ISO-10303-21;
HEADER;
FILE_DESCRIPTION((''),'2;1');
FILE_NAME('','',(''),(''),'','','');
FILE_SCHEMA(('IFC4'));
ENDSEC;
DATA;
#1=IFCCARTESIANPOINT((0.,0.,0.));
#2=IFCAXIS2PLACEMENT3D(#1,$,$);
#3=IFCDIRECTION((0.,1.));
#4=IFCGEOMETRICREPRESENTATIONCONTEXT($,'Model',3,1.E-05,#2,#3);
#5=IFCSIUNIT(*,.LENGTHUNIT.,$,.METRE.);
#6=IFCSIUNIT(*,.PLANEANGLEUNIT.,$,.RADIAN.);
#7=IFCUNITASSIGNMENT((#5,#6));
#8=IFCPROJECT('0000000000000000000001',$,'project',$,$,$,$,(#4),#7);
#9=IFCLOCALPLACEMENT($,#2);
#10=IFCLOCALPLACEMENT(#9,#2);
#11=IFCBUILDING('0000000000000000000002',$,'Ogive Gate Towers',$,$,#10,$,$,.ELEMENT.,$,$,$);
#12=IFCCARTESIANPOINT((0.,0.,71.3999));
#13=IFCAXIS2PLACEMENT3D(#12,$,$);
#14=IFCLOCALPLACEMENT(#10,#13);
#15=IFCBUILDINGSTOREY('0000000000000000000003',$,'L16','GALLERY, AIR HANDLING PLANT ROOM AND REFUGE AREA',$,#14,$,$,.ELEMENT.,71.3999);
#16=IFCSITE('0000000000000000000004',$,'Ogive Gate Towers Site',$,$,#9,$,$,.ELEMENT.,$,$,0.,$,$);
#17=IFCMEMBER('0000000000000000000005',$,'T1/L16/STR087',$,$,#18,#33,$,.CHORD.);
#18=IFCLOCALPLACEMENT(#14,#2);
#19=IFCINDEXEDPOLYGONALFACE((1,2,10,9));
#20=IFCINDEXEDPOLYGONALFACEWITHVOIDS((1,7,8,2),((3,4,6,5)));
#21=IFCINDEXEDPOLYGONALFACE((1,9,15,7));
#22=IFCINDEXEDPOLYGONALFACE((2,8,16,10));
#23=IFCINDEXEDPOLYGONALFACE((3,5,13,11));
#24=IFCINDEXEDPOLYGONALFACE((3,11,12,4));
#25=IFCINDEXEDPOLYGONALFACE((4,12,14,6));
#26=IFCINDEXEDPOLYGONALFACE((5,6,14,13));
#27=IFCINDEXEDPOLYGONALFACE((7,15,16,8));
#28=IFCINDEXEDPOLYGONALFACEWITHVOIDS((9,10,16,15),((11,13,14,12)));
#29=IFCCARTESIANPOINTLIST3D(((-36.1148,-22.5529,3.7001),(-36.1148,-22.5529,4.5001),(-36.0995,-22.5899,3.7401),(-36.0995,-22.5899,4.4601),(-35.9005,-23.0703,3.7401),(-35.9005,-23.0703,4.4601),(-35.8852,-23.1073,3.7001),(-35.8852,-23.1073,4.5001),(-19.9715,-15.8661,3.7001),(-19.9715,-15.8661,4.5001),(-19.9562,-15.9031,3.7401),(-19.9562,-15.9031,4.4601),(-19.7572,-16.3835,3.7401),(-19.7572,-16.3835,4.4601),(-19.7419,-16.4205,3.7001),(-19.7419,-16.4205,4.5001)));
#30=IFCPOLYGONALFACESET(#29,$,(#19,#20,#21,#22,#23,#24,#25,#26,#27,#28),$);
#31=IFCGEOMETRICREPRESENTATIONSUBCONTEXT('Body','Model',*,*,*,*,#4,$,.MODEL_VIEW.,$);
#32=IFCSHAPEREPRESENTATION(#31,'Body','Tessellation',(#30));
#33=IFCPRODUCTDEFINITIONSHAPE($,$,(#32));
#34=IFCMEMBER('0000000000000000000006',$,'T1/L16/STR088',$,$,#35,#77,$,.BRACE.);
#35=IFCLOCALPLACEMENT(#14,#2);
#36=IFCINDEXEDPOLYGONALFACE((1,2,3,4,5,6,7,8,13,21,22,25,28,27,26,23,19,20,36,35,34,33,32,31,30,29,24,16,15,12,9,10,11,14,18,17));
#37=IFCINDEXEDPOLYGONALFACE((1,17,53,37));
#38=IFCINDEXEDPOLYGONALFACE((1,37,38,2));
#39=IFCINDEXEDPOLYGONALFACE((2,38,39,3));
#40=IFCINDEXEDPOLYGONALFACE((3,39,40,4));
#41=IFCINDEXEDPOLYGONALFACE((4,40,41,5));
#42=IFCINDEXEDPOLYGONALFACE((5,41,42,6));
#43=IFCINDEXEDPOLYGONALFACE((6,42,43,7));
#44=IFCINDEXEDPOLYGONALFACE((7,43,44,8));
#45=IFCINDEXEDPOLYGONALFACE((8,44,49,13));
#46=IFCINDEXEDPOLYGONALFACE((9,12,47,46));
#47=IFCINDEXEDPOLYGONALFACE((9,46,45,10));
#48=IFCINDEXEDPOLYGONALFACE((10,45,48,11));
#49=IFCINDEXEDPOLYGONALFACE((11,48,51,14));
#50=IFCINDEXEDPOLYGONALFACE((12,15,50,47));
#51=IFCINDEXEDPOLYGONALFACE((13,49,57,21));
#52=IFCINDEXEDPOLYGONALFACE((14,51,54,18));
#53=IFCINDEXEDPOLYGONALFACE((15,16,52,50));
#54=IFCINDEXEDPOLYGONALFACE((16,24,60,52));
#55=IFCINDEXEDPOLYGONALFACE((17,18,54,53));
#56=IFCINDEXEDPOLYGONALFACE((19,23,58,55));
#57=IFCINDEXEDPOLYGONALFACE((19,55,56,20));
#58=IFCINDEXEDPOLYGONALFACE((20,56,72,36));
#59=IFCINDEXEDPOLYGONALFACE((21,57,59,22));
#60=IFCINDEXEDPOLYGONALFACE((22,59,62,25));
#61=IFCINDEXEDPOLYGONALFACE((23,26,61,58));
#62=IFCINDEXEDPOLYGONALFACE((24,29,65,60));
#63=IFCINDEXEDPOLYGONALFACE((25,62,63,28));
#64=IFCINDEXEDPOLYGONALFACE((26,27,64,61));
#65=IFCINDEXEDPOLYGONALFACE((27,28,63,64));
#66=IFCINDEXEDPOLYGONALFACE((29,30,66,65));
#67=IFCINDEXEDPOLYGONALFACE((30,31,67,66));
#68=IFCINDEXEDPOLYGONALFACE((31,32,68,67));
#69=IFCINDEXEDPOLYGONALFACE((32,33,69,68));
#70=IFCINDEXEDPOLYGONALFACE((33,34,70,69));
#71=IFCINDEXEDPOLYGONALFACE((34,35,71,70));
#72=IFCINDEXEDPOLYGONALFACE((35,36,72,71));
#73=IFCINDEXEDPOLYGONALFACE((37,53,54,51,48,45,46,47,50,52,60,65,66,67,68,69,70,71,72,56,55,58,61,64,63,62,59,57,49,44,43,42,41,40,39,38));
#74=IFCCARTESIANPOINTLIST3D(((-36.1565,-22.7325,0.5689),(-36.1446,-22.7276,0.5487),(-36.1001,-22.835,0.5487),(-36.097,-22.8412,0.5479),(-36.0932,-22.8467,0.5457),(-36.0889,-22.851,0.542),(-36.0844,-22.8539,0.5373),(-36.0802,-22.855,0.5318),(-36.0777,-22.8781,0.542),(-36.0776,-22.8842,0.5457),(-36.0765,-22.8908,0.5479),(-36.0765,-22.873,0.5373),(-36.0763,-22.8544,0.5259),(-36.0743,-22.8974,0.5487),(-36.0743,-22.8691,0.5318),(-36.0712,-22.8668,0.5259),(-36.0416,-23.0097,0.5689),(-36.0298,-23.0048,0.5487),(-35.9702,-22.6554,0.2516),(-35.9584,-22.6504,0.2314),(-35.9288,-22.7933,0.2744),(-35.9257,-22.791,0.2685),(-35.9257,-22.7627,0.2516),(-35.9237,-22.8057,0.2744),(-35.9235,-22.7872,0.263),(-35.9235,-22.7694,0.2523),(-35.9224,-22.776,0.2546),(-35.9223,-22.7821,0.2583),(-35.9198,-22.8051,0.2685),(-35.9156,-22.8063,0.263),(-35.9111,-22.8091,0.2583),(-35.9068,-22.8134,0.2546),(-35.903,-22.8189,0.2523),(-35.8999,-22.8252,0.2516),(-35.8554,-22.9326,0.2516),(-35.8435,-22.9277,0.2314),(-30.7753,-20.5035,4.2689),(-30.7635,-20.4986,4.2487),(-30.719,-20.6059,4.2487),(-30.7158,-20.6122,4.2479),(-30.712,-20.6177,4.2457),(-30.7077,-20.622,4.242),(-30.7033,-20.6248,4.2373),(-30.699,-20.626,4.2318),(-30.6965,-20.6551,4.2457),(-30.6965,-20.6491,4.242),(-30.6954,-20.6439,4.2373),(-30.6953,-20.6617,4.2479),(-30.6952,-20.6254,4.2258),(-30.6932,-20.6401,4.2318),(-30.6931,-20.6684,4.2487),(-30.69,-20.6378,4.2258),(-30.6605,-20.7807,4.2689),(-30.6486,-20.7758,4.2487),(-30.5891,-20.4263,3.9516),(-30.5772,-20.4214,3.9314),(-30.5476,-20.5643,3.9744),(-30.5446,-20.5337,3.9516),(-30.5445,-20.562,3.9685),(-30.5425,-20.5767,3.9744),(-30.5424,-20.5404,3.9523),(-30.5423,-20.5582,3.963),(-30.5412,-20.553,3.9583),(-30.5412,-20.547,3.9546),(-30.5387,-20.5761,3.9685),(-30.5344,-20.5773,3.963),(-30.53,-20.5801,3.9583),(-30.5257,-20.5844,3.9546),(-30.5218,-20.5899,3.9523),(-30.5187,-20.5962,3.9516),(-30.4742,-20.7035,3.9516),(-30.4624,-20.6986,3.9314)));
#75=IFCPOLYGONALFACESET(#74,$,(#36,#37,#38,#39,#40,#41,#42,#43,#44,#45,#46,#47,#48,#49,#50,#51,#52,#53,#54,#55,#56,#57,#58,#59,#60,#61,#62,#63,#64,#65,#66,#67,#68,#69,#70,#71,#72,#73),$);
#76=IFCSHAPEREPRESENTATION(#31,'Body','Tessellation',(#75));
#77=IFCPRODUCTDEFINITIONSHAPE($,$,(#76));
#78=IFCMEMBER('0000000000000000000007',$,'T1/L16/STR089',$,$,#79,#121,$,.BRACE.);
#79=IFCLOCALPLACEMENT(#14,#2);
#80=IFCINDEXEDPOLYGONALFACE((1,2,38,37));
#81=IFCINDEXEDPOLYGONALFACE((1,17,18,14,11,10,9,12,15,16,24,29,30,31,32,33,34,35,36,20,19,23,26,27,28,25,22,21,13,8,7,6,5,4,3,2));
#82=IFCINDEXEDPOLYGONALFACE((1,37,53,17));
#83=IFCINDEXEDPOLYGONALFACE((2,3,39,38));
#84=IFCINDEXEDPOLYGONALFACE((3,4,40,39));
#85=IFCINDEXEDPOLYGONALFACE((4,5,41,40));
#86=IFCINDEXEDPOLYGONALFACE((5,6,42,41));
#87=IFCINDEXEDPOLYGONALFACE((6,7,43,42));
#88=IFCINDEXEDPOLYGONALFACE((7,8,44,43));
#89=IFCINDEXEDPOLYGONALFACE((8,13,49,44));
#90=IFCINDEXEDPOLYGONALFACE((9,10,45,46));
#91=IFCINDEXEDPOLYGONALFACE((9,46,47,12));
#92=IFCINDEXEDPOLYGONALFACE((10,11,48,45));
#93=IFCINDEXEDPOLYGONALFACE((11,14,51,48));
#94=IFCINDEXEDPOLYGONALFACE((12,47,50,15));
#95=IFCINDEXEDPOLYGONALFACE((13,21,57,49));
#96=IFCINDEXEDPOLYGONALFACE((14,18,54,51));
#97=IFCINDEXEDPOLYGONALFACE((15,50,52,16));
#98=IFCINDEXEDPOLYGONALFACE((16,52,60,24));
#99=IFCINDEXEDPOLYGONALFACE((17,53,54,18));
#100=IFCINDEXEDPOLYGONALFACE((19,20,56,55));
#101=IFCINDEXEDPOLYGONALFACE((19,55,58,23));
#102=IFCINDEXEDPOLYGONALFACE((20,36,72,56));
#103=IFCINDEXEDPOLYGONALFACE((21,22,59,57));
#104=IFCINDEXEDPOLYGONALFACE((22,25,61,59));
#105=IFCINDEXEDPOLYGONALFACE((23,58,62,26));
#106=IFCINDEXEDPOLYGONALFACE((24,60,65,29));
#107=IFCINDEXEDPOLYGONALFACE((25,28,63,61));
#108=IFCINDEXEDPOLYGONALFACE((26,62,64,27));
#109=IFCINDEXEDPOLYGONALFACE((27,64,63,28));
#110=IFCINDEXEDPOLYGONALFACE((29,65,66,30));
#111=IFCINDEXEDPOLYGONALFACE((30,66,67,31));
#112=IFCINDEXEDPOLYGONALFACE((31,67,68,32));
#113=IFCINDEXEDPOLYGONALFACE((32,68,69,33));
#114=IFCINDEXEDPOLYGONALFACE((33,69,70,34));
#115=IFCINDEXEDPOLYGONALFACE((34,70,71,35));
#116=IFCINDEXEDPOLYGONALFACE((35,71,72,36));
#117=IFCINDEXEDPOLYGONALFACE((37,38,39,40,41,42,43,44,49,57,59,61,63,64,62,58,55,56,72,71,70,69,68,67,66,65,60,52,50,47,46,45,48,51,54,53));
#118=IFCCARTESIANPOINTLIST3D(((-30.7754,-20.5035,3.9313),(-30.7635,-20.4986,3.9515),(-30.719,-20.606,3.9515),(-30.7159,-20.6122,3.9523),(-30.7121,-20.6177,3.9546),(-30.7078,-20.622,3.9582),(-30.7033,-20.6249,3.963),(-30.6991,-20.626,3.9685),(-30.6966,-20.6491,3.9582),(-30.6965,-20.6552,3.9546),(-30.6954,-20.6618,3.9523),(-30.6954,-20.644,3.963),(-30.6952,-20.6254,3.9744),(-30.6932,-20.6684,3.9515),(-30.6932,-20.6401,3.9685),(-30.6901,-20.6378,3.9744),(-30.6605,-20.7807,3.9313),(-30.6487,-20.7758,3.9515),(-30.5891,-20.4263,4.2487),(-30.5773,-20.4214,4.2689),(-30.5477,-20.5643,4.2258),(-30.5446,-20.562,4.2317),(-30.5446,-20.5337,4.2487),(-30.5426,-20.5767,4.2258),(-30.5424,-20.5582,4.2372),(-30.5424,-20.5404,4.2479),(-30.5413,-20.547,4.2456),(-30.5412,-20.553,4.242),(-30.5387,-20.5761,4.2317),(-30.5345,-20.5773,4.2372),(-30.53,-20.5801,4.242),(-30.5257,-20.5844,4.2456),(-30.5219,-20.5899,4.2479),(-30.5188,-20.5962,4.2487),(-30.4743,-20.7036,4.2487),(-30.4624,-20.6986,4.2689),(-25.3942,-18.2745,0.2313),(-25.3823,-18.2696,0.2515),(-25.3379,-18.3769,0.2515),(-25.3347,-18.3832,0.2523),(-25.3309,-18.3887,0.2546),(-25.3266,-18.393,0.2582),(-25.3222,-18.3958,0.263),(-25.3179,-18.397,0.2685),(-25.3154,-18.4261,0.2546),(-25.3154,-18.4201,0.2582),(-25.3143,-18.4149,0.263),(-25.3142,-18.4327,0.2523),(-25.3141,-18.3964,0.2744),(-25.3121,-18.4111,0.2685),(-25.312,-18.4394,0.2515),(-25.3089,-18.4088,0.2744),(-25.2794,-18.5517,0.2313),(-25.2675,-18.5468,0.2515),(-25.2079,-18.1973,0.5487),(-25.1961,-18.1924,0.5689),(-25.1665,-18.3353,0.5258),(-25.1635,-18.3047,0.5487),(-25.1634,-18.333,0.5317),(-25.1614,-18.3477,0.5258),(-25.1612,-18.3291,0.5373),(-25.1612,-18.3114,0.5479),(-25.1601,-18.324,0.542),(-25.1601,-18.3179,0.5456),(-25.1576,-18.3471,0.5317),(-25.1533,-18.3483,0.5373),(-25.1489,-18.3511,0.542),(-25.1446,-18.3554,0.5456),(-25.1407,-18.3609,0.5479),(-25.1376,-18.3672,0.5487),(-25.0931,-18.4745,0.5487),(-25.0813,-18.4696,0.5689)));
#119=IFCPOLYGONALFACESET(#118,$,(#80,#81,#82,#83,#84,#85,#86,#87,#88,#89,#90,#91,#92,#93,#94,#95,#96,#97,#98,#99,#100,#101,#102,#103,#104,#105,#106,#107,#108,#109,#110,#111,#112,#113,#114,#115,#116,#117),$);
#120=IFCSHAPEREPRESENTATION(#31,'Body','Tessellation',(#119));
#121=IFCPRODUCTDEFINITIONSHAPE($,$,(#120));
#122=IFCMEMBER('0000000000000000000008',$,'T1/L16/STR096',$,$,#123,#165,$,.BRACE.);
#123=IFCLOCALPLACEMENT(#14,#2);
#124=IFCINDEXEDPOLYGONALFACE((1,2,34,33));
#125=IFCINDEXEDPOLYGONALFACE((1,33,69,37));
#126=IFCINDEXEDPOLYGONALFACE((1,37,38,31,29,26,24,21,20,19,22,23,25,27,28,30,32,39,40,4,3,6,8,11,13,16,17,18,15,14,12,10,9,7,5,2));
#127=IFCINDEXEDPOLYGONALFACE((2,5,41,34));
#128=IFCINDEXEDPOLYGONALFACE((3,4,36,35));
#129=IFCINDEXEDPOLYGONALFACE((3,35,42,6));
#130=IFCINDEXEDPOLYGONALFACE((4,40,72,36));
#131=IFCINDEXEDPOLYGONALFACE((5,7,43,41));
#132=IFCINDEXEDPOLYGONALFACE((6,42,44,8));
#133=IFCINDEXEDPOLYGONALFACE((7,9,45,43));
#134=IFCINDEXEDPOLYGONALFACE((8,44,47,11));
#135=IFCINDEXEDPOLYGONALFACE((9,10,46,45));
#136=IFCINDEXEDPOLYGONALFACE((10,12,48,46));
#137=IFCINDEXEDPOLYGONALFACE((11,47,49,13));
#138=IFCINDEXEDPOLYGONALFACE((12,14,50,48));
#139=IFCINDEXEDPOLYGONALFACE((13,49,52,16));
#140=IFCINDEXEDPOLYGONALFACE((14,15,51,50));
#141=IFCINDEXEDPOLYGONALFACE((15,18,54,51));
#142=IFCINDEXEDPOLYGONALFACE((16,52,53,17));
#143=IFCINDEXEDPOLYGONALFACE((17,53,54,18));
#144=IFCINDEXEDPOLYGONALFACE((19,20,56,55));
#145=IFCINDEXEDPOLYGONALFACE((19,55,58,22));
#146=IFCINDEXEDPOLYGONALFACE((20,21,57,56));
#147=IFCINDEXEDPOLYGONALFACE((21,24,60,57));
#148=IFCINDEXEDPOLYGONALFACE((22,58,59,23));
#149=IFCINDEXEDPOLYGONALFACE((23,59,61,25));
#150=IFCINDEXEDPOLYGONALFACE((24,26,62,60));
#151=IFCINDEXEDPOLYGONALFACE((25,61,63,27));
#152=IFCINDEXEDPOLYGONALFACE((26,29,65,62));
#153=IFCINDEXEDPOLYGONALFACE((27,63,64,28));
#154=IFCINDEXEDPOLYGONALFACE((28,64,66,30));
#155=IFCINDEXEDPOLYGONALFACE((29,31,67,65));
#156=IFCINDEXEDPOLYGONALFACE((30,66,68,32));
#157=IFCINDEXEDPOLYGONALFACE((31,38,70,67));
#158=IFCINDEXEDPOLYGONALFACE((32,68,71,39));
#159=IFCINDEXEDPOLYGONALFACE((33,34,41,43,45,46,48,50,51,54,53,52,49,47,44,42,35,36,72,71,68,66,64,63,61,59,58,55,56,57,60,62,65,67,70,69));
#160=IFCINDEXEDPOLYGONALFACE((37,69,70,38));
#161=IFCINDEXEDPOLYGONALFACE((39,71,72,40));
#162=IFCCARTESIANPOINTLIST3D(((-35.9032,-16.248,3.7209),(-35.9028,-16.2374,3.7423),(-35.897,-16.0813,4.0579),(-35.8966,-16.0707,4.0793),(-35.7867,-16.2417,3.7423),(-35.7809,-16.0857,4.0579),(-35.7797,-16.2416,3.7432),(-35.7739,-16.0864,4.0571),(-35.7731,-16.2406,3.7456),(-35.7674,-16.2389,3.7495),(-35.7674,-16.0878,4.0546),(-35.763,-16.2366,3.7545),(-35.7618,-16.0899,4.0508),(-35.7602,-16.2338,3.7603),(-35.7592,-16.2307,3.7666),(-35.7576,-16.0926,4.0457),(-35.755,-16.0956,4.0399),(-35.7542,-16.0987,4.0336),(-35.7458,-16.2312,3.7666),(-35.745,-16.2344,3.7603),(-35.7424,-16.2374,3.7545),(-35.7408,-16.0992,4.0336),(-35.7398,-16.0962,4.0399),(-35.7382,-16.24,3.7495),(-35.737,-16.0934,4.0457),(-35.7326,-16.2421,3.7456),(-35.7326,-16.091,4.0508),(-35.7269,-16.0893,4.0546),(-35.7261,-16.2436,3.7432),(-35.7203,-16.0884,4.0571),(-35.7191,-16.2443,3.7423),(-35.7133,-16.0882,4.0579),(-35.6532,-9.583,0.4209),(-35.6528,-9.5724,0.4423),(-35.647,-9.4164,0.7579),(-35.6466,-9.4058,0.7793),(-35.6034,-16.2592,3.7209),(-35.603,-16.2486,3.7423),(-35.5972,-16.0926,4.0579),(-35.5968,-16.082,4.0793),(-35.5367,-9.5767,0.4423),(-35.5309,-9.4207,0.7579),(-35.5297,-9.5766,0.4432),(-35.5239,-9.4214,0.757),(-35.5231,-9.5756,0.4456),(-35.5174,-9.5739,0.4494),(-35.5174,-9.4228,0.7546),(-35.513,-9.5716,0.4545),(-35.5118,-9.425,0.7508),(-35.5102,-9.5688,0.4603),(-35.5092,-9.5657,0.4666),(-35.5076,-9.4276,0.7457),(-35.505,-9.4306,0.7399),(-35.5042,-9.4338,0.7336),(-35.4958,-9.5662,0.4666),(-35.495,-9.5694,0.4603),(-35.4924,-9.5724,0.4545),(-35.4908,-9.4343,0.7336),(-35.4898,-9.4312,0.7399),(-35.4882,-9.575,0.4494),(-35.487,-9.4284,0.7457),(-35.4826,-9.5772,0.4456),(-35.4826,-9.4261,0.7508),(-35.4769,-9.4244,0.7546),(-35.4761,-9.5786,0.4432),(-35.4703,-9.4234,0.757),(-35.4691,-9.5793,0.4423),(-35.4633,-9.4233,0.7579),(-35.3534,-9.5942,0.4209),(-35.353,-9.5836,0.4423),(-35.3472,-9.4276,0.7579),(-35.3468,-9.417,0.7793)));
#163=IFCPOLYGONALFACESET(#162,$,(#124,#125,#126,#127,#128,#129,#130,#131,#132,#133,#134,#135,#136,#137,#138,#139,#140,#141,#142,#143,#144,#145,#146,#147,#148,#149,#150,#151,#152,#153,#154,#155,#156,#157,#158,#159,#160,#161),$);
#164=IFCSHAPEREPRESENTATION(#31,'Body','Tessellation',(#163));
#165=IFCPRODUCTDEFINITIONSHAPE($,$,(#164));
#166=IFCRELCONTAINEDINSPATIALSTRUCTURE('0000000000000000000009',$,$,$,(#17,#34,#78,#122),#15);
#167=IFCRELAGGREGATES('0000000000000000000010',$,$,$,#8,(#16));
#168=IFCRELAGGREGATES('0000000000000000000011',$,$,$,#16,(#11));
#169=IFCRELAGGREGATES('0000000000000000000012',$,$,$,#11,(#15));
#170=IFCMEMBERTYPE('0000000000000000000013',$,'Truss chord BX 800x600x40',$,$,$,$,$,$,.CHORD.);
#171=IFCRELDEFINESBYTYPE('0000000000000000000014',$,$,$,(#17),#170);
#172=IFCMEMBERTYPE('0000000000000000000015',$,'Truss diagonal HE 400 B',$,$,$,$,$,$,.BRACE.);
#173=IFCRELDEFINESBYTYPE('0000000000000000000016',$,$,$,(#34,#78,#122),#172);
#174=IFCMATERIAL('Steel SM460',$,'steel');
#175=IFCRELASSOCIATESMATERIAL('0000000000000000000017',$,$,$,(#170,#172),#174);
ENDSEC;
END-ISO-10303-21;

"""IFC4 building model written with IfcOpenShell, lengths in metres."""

from ifc_helpers import new_model, si_unit, direction, frame, origin, origin_2d, place, context, subcontext, project, spatial, hollow_rectangle, i_section, extrude, material, material_profile, profile_set, type_object, element, save


model = new_model("IFC4")

# Units and contexts
model_context = context("Model", 3, precision=1e-05, world=origin(), true_north=direction((0.0, 1.0)))
body_context = subcontext(model_context, "Body", "Model", "MODEL_VIEW")
ifc_project = project(units=[si_unit("LENGTHUNIT", "METRE"), si_unit("PLANEANGLEUNIT", "RADIAN")], contexts=[model_context])

# Site, building, storey
site_placement = place(None, origin())
site = spatial("IfcSite", under=ifc_project, at=site_placement, Name="Ogive Gate Towers Site", CompositionType="ELEMENT", RefElevation=0.0)
building_placement = place(site_placement, origin())
building = spatial("IfcBuilding", under=site, at=building_placement, Name="Ogive Gate Towers", CompositionType="ELEMENT")
storey_placement = place(building_placement, frame((0.0, 0.0, 71.3999)))
storey = spatial("IfcBuildingStorey", under=building, at=storey_placement, Name="L16", Description="GALLERY, AIR HANDLING PLANT ROOM AND REFUGE AREA", CompositionType="ELEMENT", Elevation=71.3999)

# Shared definitions
ifc_material_1 = material(Name="Steel SM460", Category="steel")

# Members
ifc_material_profile_1 = material_profile(ifc_material_1, hollow_rectangle(XDim=0.6001, YDim=0.8, WallThickness=0.04, at=origin_2d()), Name="BX 800x600x40")
ifc_profile_set_1 = profile_set([ifc_material_profile_1], Name="Steel SM460")
member_type_1 = type_object("IfcMemberType", Name="Truss chord BX 800x600x40", PredefinedType="CHORD", material=ifc_profile_set_1)
for number, where, z_axis, x_axis, name in (
    (1, (-36.0, -22.8301, 4.1001), (0.92388, 0.382683, 0.0), (-0.382683, 0.92388, 0.0), "T1/L16/STR087"),
):
    element("IfcMember", number, at=place(storey_placement, frame(where, z_axis=z_axis, x_axis=x_axis)), inside=storey, type_object=member_type_1, Name=name, PredefinedType="CHORD", context=body_context, shape_type="SweptSolid", body=[
        extrude(hollow_rectangle(XDim=0.6001, YDim=0.8, WallThickness=0.04, at=origin_2d()), origin(), (0.0, 0.0, 1.0), 17.4734),
    ])
ifc_material_profile_2 = material_profile(ifc_material_1, i_section(OverallWidth=0.3, OverallDepth=0.3999, WebThickness=0.0134, FlangeThickness=0.0239, FilletRadius=0.0271, at=origin_2d()), Name="HE 400 B")
ifc_profile_set_2 = profile_set([ifc_material_profile_2], Name="Steel SM460")
member_type_2 = type_object("IfcMemberType", Name="Truss diagonal HE 400 B", PredefinedType="BRACE", material=ifc_profile_set_2)
for number, where, z_axis, x_axis, name in (
    (2, (-36.0, -22.8301, 0.4001), (0.779834, 0.323029, 0.5362), (-0.382695, 0.923875, 0.0), "T1/L16/STR088"),
    (3, (-30.6189, -20.6011, 4.1001), (0.779834, 0.323029, -0.5362), (-0.382695, 0.923875, 0.0), "T1/L16/STR089"),
):
    element("IfcMember", number, at=place(storey_placement, frame(where, z_axis=z_axis, x_axis=x_axis)), inside=storey, type_object=member_type_2, Name=name, PredefinedType="BRACE", context=body_context, shape_type="SweptSolid", body=[
        extrude(i_section(OverallWidth=0.3, OverallDepth=0.3999, WebThickness=0.0134, FlangeThickness=0.0239, FilletRadius=0.0271, at=origin_2d()), origin(), (0.0, 0.0, 1.0), 6.9004),
    ])
for number, where, z_axis, x_axis, name in (
    (4, (-35.5, -9.5, 0.6001), (-0.033595, -0.895661, 0.443467), (0.999297, -0.037483, 0.0), "T1/L16/STR096"),
):
    element("IfcMember", number, at=place(storey_placement, frame(where, z_axis=z_axis, x_axis=x_axis)), inside=storey, type_object=member_type_2, Name=name, PredefinedType="BRACE", context=body_context, shape_type="SweptSolid", body=[
        extrude(i_section(OverallWidth=0.3, OverallDepth=0.3999, WebThickness=0.0134, FlangeThickness=0.0239, FilletRadius=0.0271, at=origin_2d()), origin(), (0.0, 0.0, 1.0), 7.4414),
    ])

save(model, "model.ifc")
